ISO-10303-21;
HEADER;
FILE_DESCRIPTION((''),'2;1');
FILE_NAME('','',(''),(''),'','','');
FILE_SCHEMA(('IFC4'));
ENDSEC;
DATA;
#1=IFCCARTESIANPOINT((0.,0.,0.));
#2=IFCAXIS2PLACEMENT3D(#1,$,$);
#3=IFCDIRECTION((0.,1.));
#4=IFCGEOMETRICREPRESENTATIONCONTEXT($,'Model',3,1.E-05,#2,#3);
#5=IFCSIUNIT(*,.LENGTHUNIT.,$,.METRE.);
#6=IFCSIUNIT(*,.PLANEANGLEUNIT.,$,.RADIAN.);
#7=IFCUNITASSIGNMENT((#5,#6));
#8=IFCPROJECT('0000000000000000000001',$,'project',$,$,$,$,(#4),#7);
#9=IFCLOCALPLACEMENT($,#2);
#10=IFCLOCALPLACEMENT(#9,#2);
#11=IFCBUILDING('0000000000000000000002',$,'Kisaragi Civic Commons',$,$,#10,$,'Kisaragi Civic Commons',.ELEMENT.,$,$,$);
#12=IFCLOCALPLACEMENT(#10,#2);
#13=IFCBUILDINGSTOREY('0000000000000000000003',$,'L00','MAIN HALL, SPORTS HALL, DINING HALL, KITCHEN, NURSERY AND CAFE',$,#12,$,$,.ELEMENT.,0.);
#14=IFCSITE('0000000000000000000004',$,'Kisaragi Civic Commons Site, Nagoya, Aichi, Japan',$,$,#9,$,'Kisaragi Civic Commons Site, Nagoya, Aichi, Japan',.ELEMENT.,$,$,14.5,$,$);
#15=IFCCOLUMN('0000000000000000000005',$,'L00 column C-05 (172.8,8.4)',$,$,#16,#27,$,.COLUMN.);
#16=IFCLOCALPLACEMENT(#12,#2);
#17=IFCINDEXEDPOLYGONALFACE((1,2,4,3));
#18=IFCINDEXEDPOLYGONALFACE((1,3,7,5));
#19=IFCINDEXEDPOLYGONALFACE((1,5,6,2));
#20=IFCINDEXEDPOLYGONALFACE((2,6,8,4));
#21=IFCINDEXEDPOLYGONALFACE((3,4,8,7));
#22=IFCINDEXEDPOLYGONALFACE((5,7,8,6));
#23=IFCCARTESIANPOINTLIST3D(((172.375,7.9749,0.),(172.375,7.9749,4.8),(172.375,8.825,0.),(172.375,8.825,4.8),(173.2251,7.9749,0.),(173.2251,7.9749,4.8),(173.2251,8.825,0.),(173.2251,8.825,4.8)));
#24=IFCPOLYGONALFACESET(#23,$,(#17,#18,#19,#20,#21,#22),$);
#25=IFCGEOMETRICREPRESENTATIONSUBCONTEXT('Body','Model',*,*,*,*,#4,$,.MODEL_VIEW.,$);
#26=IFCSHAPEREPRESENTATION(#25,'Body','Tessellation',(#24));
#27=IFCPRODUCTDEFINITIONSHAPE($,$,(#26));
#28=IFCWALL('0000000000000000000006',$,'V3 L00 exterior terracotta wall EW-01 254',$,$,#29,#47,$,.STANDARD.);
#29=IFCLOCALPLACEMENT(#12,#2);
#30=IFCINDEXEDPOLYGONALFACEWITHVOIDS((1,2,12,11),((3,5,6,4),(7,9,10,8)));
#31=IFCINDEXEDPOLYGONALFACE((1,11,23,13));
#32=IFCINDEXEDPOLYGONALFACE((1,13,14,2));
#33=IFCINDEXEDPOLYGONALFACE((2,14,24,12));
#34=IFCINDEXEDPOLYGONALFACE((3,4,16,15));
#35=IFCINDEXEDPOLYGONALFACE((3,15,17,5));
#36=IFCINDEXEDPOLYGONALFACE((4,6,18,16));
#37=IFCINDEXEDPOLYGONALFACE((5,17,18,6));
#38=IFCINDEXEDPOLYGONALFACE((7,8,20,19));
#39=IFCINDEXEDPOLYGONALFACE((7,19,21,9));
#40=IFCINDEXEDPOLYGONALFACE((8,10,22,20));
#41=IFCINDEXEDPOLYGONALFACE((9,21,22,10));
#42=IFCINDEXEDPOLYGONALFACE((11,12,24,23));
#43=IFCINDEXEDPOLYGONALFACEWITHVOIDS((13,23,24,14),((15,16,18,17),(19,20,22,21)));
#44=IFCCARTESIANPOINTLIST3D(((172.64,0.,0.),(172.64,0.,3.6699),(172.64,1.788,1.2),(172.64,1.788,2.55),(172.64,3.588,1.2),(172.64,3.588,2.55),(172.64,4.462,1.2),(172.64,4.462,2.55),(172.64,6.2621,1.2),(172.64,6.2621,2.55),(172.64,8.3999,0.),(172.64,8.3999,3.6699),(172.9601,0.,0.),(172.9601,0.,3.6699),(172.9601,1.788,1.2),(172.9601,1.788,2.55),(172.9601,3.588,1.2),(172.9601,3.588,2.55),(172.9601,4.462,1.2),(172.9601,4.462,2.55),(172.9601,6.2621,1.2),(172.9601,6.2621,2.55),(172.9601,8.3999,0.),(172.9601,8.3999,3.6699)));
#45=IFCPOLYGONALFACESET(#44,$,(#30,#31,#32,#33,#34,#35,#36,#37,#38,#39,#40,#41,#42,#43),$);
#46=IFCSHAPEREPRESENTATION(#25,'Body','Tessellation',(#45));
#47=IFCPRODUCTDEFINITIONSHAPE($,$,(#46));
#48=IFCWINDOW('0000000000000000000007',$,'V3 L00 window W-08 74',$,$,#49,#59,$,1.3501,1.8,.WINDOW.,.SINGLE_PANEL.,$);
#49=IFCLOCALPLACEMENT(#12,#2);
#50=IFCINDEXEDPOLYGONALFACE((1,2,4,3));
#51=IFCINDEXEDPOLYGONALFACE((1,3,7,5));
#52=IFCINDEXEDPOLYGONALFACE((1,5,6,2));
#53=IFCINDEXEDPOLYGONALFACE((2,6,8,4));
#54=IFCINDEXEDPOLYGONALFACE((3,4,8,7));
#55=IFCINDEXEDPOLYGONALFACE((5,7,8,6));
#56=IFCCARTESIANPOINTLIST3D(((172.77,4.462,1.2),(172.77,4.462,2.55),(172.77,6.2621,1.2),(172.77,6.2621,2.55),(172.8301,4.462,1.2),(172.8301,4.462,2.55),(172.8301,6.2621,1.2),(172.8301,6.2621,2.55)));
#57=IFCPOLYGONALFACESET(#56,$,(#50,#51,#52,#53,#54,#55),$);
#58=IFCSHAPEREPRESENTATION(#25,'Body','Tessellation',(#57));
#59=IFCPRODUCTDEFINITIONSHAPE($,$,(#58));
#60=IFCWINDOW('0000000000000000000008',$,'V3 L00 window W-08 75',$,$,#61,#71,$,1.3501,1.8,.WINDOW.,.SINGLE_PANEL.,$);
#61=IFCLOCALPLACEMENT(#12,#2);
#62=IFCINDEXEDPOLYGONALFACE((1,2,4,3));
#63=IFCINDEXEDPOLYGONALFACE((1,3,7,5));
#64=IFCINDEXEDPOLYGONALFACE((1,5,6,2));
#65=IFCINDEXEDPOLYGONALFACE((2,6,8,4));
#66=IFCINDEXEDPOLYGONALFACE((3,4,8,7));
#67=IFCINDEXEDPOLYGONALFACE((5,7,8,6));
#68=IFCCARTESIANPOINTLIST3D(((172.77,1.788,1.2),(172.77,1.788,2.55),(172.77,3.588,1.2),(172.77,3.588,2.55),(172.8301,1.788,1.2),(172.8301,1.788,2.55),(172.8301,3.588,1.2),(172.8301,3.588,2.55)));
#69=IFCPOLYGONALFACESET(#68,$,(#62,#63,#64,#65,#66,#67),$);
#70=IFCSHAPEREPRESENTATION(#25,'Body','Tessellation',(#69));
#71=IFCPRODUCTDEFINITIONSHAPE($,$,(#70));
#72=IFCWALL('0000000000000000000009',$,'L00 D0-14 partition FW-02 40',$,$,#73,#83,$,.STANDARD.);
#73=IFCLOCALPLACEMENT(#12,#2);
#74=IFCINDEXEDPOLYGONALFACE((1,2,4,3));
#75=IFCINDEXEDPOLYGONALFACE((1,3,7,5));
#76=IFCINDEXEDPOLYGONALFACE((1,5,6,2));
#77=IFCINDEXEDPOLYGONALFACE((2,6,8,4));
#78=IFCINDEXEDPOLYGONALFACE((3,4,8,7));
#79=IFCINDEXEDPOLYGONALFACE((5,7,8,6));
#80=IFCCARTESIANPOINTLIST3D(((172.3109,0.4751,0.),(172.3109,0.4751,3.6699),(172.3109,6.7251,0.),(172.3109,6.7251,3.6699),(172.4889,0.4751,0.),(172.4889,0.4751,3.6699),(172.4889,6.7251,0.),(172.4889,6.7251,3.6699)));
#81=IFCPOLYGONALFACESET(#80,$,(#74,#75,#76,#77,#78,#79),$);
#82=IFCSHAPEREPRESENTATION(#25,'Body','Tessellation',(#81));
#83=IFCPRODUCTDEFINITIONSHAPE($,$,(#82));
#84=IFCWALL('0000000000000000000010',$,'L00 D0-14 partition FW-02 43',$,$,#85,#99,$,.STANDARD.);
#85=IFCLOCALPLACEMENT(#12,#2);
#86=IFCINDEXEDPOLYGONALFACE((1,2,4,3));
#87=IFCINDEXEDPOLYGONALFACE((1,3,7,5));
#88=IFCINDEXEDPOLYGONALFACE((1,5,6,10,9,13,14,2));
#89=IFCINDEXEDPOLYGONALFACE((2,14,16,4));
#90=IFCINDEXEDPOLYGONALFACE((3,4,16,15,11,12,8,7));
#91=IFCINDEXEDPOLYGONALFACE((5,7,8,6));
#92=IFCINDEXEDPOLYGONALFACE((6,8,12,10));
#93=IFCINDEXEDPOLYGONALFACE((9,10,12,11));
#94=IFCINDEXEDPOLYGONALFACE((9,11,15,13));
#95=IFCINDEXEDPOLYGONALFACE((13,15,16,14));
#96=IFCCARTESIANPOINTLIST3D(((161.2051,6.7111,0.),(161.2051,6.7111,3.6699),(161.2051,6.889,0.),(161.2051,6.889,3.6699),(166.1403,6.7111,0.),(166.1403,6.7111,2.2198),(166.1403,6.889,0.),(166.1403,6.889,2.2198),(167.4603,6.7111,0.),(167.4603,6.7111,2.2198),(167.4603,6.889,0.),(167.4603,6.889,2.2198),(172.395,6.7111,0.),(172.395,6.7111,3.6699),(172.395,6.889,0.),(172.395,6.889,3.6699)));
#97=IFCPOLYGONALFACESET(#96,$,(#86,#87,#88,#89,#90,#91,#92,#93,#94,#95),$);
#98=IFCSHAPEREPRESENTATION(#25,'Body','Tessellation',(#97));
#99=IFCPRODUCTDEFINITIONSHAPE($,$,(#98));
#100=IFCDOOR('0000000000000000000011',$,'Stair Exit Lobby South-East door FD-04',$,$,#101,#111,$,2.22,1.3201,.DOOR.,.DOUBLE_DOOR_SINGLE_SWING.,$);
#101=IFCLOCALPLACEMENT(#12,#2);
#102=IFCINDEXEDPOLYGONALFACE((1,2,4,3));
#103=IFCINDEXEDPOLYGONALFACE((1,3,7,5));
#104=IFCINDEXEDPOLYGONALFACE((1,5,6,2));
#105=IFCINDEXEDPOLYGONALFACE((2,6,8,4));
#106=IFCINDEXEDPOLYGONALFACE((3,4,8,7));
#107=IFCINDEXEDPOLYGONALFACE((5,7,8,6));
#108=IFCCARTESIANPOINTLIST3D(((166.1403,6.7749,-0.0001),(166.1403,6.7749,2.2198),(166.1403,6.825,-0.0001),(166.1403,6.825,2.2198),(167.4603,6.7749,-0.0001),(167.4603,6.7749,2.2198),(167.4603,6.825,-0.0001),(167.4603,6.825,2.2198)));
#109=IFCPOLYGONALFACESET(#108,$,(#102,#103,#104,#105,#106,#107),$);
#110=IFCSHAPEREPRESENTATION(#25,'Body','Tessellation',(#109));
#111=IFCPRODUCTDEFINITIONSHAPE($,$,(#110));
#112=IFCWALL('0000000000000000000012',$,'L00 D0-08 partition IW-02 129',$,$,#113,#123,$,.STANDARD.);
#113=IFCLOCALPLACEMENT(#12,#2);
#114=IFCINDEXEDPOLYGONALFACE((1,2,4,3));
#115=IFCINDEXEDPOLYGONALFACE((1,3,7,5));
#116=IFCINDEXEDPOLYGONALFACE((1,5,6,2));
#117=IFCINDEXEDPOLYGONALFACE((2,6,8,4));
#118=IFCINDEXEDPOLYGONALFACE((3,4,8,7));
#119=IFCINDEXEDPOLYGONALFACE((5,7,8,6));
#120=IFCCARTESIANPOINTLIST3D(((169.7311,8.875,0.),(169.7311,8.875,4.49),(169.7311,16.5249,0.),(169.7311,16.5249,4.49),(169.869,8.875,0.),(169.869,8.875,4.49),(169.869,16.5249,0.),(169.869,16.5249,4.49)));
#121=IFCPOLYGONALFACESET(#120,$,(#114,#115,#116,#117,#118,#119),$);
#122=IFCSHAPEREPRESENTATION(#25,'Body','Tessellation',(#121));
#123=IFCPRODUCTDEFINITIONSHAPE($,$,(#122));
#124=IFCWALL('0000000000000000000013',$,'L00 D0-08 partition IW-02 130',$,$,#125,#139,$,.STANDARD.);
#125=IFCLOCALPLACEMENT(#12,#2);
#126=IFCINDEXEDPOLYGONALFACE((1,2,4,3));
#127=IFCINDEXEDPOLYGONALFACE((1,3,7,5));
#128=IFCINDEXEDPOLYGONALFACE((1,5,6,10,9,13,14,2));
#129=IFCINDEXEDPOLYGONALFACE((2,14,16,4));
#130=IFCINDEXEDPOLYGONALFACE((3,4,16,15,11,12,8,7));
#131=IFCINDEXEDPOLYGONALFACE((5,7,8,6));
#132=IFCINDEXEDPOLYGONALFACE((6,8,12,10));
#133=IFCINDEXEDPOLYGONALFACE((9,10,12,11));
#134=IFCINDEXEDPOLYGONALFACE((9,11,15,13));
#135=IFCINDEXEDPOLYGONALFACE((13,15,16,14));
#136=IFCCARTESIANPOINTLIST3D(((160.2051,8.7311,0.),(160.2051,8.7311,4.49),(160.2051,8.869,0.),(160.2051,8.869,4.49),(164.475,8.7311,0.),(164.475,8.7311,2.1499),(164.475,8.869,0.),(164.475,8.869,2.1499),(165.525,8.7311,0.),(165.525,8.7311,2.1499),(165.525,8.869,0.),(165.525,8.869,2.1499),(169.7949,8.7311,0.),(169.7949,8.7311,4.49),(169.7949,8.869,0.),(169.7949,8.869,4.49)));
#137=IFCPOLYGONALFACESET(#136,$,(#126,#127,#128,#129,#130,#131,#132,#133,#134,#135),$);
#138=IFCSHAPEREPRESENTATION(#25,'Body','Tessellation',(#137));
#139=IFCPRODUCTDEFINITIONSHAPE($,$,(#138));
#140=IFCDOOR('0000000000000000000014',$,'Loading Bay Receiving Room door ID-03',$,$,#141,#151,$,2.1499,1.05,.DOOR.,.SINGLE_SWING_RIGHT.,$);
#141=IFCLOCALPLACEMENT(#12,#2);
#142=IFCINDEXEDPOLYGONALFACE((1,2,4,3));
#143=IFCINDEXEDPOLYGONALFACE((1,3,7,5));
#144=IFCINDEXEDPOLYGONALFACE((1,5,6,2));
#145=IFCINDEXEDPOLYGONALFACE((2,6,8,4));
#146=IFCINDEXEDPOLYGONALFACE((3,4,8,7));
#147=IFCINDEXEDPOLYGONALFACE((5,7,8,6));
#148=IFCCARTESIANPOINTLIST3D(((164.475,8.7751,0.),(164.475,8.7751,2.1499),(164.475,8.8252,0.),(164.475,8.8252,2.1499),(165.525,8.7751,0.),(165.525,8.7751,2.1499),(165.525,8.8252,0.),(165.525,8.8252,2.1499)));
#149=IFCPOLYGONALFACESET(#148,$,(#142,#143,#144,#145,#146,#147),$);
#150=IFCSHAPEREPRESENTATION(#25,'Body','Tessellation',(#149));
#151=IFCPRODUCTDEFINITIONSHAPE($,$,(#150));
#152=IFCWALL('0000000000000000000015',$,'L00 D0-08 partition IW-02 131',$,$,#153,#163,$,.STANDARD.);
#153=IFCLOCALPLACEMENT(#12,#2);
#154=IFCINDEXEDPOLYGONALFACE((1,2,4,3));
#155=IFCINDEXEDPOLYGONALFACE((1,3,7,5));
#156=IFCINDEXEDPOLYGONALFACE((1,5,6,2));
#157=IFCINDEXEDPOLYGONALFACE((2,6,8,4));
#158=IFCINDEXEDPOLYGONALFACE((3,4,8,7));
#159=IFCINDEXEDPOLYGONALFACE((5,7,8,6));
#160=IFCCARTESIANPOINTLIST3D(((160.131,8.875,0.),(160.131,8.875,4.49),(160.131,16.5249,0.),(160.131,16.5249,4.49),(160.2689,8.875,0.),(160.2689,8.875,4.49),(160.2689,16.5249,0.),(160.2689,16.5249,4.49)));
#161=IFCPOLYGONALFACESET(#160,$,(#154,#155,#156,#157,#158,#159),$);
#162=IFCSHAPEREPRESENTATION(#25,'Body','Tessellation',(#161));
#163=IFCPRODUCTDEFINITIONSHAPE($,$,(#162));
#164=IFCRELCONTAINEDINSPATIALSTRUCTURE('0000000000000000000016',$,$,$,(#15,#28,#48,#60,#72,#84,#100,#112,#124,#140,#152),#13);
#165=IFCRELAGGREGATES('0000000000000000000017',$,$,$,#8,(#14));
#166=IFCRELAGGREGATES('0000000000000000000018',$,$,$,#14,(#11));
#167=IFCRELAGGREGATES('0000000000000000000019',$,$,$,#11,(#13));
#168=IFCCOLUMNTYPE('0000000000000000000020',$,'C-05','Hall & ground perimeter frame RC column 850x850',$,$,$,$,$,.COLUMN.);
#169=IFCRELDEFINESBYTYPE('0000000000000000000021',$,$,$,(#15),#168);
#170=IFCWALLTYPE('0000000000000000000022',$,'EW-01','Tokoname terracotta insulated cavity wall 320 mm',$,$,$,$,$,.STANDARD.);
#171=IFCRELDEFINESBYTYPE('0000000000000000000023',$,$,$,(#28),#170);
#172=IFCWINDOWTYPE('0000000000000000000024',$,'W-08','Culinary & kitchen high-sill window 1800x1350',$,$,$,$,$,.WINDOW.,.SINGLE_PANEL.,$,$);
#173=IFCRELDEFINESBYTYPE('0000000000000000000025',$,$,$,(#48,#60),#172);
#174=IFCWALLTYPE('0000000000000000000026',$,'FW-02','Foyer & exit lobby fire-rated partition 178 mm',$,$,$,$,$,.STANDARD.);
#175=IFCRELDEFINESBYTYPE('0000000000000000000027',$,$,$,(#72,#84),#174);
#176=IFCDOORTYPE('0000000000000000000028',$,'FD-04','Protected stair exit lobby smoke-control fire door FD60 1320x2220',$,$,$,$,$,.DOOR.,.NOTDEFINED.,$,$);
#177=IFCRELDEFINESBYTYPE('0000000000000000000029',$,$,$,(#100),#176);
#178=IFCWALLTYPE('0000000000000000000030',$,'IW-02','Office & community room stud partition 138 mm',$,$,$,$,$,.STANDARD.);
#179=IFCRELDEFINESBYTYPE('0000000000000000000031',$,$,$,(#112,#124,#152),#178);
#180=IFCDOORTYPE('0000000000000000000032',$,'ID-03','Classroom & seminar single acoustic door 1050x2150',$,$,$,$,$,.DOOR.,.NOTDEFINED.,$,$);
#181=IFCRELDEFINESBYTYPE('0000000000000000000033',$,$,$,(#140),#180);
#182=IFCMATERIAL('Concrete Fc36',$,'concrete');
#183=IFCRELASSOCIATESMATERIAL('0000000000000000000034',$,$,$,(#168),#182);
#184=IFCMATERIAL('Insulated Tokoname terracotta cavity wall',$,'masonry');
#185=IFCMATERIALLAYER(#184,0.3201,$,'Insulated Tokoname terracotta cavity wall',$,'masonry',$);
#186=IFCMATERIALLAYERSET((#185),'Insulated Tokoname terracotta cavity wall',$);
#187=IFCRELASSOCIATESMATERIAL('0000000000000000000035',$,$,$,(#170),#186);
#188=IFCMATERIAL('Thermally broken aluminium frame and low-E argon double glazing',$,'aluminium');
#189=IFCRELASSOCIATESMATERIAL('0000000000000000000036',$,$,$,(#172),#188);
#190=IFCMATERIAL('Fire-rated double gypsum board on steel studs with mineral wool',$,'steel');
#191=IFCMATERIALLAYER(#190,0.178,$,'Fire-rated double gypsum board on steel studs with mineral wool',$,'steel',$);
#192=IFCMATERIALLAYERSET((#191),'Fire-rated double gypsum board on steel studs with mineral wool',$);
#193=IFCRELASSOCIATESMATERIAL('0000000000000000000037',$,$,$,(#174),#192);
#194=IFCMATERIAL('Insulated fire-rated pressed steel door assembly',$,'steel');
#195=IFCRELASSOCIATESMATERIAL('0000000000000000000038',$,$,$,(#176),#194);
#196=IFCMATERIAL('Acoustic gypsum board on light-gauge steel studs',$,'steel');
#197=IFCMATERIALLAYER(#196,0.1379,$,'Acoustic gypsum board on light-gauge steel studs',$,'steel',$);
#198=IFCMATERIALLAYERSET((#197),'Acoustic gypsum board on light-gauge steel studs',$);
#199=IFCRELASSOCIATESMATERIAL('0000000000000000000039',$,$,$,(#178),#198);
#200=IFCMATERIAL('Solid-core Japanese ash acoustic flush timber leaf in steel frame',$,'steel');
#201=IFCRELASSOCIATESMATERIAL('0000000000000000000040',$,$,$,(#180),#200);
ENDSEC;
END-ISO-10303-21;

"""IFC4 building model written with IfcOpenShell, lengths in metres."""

from ifc_helpers import new_model, si_unit, direction, frame, frame_2d, origin, origin_2d, place, context, subcontext, project, spatial, rectangle, extrude, material, layer, layer_set, material_profile, profile_set, type_object, element, fill, save


model = new_model("IFC4")

# Units and contexts
model_context = context("Model", 3, precision=1e-05, world=origin(), true_north=direction((0.0, 1.0)))
body_context = subcontext(model_context, "Body", "Model", "MODEL_VIEW")
ifc_project = project(units=[si_unit("LENGTHUNIT", "METRE"), si_unit("PLANEANGLEUNIT", "RADIAN")], contexts=[model_context])

# Site, building, storey
site_placement = place(None, origin())
site = spatial("IfcSite", under=ifc_project, at=site_placement, Name="Kisaragi Civic Commons Site, Nagoya, Aichi, Japan", LongName="Kisaragi Civic Commons Site, Nagoya, Aichi, Japan", CompositionType="ELEMENT", RefElevation=14.5)
building_placement = place(site_placement, origin())
building = spatial("IfcBuilding", under=site, at=building_placement, Name="Kisaragi Civic Commons", LongName="Kisaragi Civic Commons", CompositionType="ELEMENT")
storey_placement = place(building_placement, origin())
storey = spatial("IfcBuildingStorey", under=building, at=storey_placement, Name="L00", Description="MAIN HALL, SPORTS HALL, DINING HALL, KITCHEN, NURSERY AND CAFE", CompositionType="ELEMENT", Elevation=0.0)

# Column
ifc_material_1 = material(Name="Concrete Fc36", Category="concrete")
ifc_material_profile = material_profile(ifc_material_1, rectangle(XDim=0.8501, YDim=0.8501, at=origin_2d()), Name="RC-850x850", Category="concrete")
ifc_profile_set = profile_set([ifc_material_profile], Name="Concrete Fc36")
column_type = type_object("IfcColumnType", Name="C-05", Description="Hall & ground perimeter frame RC column 850x850", PredefinedType="COLUMN", material=ifc_profile_set)
column_placement = place(storey_placement, frame((172.8, 8.3999, 0.0), z_axis=(0.0, 0.0, 1.0), x_axis=(1.0, 0.0, 0.0)))
element("IfcColumn", 1, at=column_placement, inside=storey, type_object=column_type, Name="L00 column C-05 (172.8,8.4)", PredefinedType="COLUMN", context=body_context, shape_type="SweptSolid", body=[
    extrude(rectangle(XDim=0.8501, YDim=0.8501, at=origin_2d()), origin(), (0.0, 0.0, 1.0), 4.8),
])

# Wall, openings, windows
ifc_material_2 = material(Name="Insulated Tokoname terracotta cavity wall", Category="masonry")
ifc_layer_1 = layer(ifc_material_2, 0.3201, Name="Insulated Tokoname terracotta cavity wall", Category="masonry")
ifc_layer_set_1 = layer_set([ifc_layer_1], Name="Insulated Tokoname terracotta cavity wall")
wall_type_1 = type_object("IfcWallType", Name="EW-01", Description="Tokoname terracotta insulated cavity wall 320 mm", PredefinedType="STANDARD", material=ifc_layer_set_1)
wall_1_placement = place(storey_placement, frame((172.8, 8.3999, 0.0), z_axis=(0.0, 0.0, 1.0), x_axis=(0.0, -1.0, 0.0)))
wall_1 = element("IfcWall", 2, at=wall_1_placement, inside=storey, type_object=wall_type_1, Name="V3 L00 exterior terracotta wall EW-01 254", PredefinedType="STANDARD", context=body_context, shape_type="SweptSolid", body=[
    extrude(rectangle(XDim=8.3999, YDim=0.3201, at=frame_2d((4.2, 0.0))), origin(), (0.0, 0.0, 1.0), 3.6699),
])
opening_1_placement = place(wall_1_placement, frame((2.1379, 0.0, 1.2)))
opening_1 = element("IfcOpeningElement", 3, at=opening_1_placement, cuts=wall_1, PredefinedType="OPENING", context=body_context, shape_type="SweptSolid", body=[
    extrude(rectangle(XDim=1.8, YDim=1.3501, at=frame_2d((0.8999, 0.675))), frame((0.0, 0.1699, 0.0), z_axis=(0.0, -1.0, 0.0), x_axis=(1.0, 0.0, 0.0)), (0.0, 0.0, 1.0), 0.3401),
])
opening_2_placement = place(wall_1_placement, frame((4.812, 0.0, 1.2)))
opening_2 = element("IfcOpeningElement", 4, at=opening_2_placement, cuts=wall_1, PredefinedType="OPENING", context=body_context, shape_type="SweptSolid", body=[
    extrude(rectangle(XDim=1.8, YDim=1.3501, at=frame_2d((0.8999, 0.675))), frame((0.0, 0.1699, 0.0), z_axis=(0.0, -1.0, 0.0), x_axis=(1.0, 0.0, 0.0)), (0.0, 0.0, 1.0), 0.3401),
])
ifc_material_3 = material(Name="Thermally broken aluminium frame and low-E argon double glazing", Category="aluminium")
window_type = type_object("IfcWindowType", Name="W-08", Description="Culinary & kitchen high-sill window 1800x1350", PartitioningType="SINGLE_PANEL", PredefinedType="WINDOW", material=ifc_material_3)
window_1_placement = place(opening_1_placement, origin())
window_1 = element("IfcWindow", 5, at=window_1_placement, inside=storey, type_object=window_type, Name="V3 L00 window W-08 74", OverallHeight=1.3501, OverallWidth=1.8, PartitioningType="SINGLE_PANEL", PredefinedType="WINDOW", context=body_context, shape_type="SweptSolid", body=[
    extrude(rectangle(XDim=1.8, YDim=1.3501, at=frame_2d((0.8999, 0.675))), frame((0.0, 0.03, 0.0), z_axis=(0.0, -1.0, 0.0), x_axis=(1.0, 0.0, 0.0)), (0.0, 0.0, 1.0), 0.0601),
])
fill(opening_1, window_1)
window_2_placement = place(opening_2_placement, origin())
window_2 = element("IfcWindow", 6, at=window_2_placement, inside=storey, type_object=window_type, Name="V3 L00 window W-08 75", OverallHeight=1.3501, OverallWidth=1.8, PartitioningType="SINGLE_PANEL", PredefinedType="WINDOW", context=body_context, shape_type="SweptSolid", body=[
    extrude(rectangle(XDim=1.8, YDim=1.3501, at=frame_2d((0.8999, 0.675))), frame((0.0, 0.03, 0.0), z_axis=(0.0, -1.0, 0.0), x_axis=(1.0, 0.0, 0.0)), (0.0, 0.0, 1.0), 0.0601),
])
fill(opening_2, window_2)

# Wall
ifc_material_4 = material(Name="Fire-rated double gypsum board on steel studs with mineral wool", Category="steel")
ifc_layer_2 = layer(ifc_material_4, 0.178, Name="Fire-rated double gypsum board on steel studs with mineral wool", Category="steel")
ifc_layer_set_2 = layer_set([ifc_layer_2], Name="Fire-rated double gypsum board on steel studs with mineral wool")
wall_type_2 = type_object("IfcWallType", Name="FW-02", Description="Foyer & exit lobby fire-rated partition 178 mm", PredefinedType="STANDARD", material=ifc_layer_set_2)
wall_2_placement = place(storey_placement, frame((172.3999, 6.7251, 0.0), z_axis=(0.0, 0.0, 1.0), x_axis=(0.0, -1.0, 0.0)))
element("IfcWall", 7, at=wall_2_placement, inside=storey, type_object=wall_type_2, Name="L00 D0-14 partition FW-02 40", PredefinedType="STANDARD", context=body_context, shape_type="SweptSolid", body=[
    extrude(rectangle(XDim=6.25, YDim=0.178, at=frame_2d((3.125, 0.0))), origin(), (0.0, 0.0, 1.0), 3.6699),
])

# Wall, opening, door
wall_3_placement = place(storey_placement, frame((161.2051, 6.8, 0.0), z_axis=(0.0, 0.0, 1.0), x_axis=(1.0, 0.0, 0.0)))
wall_3 = element("IfcWall", 8, at=wall_3_placement, inside=storey, type_object=wall_type_2, Name="L00 D0-14 partition FW-02 43", PredefinedType="STANDARD", context=body_context, shape_type="SweptSolid", body=[
    extrude(rectangle(XDim=11.1899, YDim=0.178, at=frame_2d((5.595, 0.0))), origin(), (0.0, 0.0, 1.0), 3.6699),
])
opening_3_placement = place(wall_3_placement, frame((4.9351, 0.0, 0.0)))
opening_3 = element("IfcOpeningElement", 9, at=opening_3_placement, cuts=wall_3, PredefinedType="OPENING", context=body_context, shape_type="SweptSolid", body=[
    extrude(rectangle(XDim=1.3201, YDim=2.22, at=frame_2d((0.6602, 1.1099))), frame((0.0, 0.0989, 0.0), z_axis=(0.0, -1.0, 0.0), x_axis=(1.0, 0.0, 0.0)), (0.0, 0.0, 1.0), 0.198),
])
ifc_material_5 = material(Name="Insulated fire-rated pressed steel door assembly", Category="steel")
door_type_1 = type_object("IfcDoorType", Name="FD-04", Description="Protected stair exit lobby smoke-control fire door FD60 1320x2220", OperationType="NOTDEFINED", PredefinedType="DOOR", material=ifc_material_5)
door_1_placement = place(opening_3_placement, origin())
door_1 = element("IfcDoor", 10, at=door_1_placement, inside=storey, type_object=door_type_1, Name="Stair Exit Lobby South-East door FD-04", OperationType="DOUBLE_DOOR_SINGLE_SWING", OverallHeight=2.22, OverallWidth=1.3201, PredefinedType="DOOR", context=body_context, shape_type="SweptSolid", body=[
    extrude(rectangle(XDim=1.3201, YDim=2.22, at=frame_2d((0.6602, 1.1099))), frame((0.0, 0.0249, 0.0), z_axis=(0.0, -1.0, 0.0), x_axis=(1.0, 0.0, 0.0)), (0.0, 0.0, 1.0), 0.05),
])
fill(opening_3, door_1)

# Wall
ifc_material_6 = material(Name="Acoustic gypsum board on light-gauge steel studs", Category="steel")
ifc_layer_3 = layer(ifc_material_6, 0.1379, Name="Acoustic gypsum board on light-gauge steel studs", Category="steel")
ifc_layer_set_3 = layer_set([ifc_layer_3], Name="Acoustic gypsum board on light-gauge steel studs")
wall_type_3 = type_object("IfcWallType", Name="IW-02", Description="Office & community room stud partition 138 mm", PredefinedType="STANDARD", material=ifc_layer_set_3)
wall_4_placement = place(storey_placement, frame((169.8, 16.5249, 0.0), z_axis=(0.0, 0.0, 1.0), x_axis=(0.0, -1.0, 0.0)))
element("IfcWall", 11, at=wall_4_placement, inside=storey, type_object=wall_type_3, Name="L00 D0-08 partition IW-02 129", PredefinedType="STANDARD", context=body_context, shape_type="SweptSolid", body=[
    extrude(rectangle(XDim=7.6499, YDim=0.1379, at=frame_2d((3.825, 0.0))), origin(), (0.0, 0.0, 1.0), 4.49),
])

# Wall, opening, door
wall_5_placement = place(storey_placement, frame((169.7949, 8.8, 0.0), z_axis=(0.0, 0.0, 1.0), x_axis=(-1.0, 0.0, 0.0)))
wall_5 = element("IfcWall", 12, at=wall_5_placement, inside=storey, type_object=wall_type_3, Name="L00 D0-08 partition IW-02 130", PredefinedType="STANDARD", context=body_context, shape_type="SweptSolid", body=[
    extrude(rectangle(XDim=9.5898, YDim=0.1379, at=frame_2d((4.7949, 0.0))), origin(), (0.0, 0.0, 1.0), 4.49),
])
opening_4_placement = place(wall_5_placement, frame((4.27, 0.0, 0.0)))
opening_4 = element("IfcOpeningElement", 13, at=opening_4_placement, cuts=wall_5, PredefinedType="OPENING", context=body_context, shape_type="SweptSolid", body=[
    extrude(rectangle(XDim=1.05, YDim=2.1499, at=frame_2d((0.5249, 1.075))), frame((0.0, 0.0789, 0.0), z_axis=(0.0, -1.0, 0.0), x_axis=(1.0, 0.0, 0.0)), (0.0, 0.0, 1.0), 0.158),
])
ifc_material_7 = material(Name="Solid-core Japanese ash acoustic flush timber leaf in steel frame", Category="steel")
door_type_2 = type_object("IfcDoorType", Name="ID-03", Description="Classroom & seminar single acoustic door 1050x2150", OperationType="NOTDEFINED", PredefinedType="DOOR", material=ifc_material_7)
door_2_placement = place(opening_4_placement, origin())
door_2 = element("IfcDoor", 14, at=door_2_placement, inside=storey, type_object=door_type_2, Name="Loading Bay Receiving Room door ID-03", OperationType="SINGLE_SWING_RIGHT", OverallHeight=2.1499, OverallWidth=1.05, PredefinedType="DOOR", context=body_context, shape_type="SweptSolid", body=[
    extrude(rectangle(XDim=1.05, YDim=2.1499, at=frame_2d((0.5249, 1.075))), frame((0.0, 0.0249, 0.0), z_axis=(0.0, -1.0, 0.0), x_axis=(1.0, 0.0, 0.0)), (0.0, 0.0, 1.0), 0.05),
])
fill(opening_4, door_2)

# Wall
wall_6_placement = place(storey_placement, frame((160.2, 8.875, 0.0), z_axis=(0.0, 0.0, 1.0), x_axis=(0.0, 1.0, 0.0)))
element("IfcWall", 15, at=wall_6_placement, inside=storey, type_object=wall_type_3, Name="L00 D0-08 partition IW-02 131", PredefinedType="STANDARD", context=body_context, shape_type="SweptSolid", body=[
    extrude(rectangle(XDim=7.6499, YDim=0.1379, at=frame_2d((3.825, 0.0))), origin(), (0.0, 0.0, 1.0), 4.49),
])

save(model, "model.ifc")
